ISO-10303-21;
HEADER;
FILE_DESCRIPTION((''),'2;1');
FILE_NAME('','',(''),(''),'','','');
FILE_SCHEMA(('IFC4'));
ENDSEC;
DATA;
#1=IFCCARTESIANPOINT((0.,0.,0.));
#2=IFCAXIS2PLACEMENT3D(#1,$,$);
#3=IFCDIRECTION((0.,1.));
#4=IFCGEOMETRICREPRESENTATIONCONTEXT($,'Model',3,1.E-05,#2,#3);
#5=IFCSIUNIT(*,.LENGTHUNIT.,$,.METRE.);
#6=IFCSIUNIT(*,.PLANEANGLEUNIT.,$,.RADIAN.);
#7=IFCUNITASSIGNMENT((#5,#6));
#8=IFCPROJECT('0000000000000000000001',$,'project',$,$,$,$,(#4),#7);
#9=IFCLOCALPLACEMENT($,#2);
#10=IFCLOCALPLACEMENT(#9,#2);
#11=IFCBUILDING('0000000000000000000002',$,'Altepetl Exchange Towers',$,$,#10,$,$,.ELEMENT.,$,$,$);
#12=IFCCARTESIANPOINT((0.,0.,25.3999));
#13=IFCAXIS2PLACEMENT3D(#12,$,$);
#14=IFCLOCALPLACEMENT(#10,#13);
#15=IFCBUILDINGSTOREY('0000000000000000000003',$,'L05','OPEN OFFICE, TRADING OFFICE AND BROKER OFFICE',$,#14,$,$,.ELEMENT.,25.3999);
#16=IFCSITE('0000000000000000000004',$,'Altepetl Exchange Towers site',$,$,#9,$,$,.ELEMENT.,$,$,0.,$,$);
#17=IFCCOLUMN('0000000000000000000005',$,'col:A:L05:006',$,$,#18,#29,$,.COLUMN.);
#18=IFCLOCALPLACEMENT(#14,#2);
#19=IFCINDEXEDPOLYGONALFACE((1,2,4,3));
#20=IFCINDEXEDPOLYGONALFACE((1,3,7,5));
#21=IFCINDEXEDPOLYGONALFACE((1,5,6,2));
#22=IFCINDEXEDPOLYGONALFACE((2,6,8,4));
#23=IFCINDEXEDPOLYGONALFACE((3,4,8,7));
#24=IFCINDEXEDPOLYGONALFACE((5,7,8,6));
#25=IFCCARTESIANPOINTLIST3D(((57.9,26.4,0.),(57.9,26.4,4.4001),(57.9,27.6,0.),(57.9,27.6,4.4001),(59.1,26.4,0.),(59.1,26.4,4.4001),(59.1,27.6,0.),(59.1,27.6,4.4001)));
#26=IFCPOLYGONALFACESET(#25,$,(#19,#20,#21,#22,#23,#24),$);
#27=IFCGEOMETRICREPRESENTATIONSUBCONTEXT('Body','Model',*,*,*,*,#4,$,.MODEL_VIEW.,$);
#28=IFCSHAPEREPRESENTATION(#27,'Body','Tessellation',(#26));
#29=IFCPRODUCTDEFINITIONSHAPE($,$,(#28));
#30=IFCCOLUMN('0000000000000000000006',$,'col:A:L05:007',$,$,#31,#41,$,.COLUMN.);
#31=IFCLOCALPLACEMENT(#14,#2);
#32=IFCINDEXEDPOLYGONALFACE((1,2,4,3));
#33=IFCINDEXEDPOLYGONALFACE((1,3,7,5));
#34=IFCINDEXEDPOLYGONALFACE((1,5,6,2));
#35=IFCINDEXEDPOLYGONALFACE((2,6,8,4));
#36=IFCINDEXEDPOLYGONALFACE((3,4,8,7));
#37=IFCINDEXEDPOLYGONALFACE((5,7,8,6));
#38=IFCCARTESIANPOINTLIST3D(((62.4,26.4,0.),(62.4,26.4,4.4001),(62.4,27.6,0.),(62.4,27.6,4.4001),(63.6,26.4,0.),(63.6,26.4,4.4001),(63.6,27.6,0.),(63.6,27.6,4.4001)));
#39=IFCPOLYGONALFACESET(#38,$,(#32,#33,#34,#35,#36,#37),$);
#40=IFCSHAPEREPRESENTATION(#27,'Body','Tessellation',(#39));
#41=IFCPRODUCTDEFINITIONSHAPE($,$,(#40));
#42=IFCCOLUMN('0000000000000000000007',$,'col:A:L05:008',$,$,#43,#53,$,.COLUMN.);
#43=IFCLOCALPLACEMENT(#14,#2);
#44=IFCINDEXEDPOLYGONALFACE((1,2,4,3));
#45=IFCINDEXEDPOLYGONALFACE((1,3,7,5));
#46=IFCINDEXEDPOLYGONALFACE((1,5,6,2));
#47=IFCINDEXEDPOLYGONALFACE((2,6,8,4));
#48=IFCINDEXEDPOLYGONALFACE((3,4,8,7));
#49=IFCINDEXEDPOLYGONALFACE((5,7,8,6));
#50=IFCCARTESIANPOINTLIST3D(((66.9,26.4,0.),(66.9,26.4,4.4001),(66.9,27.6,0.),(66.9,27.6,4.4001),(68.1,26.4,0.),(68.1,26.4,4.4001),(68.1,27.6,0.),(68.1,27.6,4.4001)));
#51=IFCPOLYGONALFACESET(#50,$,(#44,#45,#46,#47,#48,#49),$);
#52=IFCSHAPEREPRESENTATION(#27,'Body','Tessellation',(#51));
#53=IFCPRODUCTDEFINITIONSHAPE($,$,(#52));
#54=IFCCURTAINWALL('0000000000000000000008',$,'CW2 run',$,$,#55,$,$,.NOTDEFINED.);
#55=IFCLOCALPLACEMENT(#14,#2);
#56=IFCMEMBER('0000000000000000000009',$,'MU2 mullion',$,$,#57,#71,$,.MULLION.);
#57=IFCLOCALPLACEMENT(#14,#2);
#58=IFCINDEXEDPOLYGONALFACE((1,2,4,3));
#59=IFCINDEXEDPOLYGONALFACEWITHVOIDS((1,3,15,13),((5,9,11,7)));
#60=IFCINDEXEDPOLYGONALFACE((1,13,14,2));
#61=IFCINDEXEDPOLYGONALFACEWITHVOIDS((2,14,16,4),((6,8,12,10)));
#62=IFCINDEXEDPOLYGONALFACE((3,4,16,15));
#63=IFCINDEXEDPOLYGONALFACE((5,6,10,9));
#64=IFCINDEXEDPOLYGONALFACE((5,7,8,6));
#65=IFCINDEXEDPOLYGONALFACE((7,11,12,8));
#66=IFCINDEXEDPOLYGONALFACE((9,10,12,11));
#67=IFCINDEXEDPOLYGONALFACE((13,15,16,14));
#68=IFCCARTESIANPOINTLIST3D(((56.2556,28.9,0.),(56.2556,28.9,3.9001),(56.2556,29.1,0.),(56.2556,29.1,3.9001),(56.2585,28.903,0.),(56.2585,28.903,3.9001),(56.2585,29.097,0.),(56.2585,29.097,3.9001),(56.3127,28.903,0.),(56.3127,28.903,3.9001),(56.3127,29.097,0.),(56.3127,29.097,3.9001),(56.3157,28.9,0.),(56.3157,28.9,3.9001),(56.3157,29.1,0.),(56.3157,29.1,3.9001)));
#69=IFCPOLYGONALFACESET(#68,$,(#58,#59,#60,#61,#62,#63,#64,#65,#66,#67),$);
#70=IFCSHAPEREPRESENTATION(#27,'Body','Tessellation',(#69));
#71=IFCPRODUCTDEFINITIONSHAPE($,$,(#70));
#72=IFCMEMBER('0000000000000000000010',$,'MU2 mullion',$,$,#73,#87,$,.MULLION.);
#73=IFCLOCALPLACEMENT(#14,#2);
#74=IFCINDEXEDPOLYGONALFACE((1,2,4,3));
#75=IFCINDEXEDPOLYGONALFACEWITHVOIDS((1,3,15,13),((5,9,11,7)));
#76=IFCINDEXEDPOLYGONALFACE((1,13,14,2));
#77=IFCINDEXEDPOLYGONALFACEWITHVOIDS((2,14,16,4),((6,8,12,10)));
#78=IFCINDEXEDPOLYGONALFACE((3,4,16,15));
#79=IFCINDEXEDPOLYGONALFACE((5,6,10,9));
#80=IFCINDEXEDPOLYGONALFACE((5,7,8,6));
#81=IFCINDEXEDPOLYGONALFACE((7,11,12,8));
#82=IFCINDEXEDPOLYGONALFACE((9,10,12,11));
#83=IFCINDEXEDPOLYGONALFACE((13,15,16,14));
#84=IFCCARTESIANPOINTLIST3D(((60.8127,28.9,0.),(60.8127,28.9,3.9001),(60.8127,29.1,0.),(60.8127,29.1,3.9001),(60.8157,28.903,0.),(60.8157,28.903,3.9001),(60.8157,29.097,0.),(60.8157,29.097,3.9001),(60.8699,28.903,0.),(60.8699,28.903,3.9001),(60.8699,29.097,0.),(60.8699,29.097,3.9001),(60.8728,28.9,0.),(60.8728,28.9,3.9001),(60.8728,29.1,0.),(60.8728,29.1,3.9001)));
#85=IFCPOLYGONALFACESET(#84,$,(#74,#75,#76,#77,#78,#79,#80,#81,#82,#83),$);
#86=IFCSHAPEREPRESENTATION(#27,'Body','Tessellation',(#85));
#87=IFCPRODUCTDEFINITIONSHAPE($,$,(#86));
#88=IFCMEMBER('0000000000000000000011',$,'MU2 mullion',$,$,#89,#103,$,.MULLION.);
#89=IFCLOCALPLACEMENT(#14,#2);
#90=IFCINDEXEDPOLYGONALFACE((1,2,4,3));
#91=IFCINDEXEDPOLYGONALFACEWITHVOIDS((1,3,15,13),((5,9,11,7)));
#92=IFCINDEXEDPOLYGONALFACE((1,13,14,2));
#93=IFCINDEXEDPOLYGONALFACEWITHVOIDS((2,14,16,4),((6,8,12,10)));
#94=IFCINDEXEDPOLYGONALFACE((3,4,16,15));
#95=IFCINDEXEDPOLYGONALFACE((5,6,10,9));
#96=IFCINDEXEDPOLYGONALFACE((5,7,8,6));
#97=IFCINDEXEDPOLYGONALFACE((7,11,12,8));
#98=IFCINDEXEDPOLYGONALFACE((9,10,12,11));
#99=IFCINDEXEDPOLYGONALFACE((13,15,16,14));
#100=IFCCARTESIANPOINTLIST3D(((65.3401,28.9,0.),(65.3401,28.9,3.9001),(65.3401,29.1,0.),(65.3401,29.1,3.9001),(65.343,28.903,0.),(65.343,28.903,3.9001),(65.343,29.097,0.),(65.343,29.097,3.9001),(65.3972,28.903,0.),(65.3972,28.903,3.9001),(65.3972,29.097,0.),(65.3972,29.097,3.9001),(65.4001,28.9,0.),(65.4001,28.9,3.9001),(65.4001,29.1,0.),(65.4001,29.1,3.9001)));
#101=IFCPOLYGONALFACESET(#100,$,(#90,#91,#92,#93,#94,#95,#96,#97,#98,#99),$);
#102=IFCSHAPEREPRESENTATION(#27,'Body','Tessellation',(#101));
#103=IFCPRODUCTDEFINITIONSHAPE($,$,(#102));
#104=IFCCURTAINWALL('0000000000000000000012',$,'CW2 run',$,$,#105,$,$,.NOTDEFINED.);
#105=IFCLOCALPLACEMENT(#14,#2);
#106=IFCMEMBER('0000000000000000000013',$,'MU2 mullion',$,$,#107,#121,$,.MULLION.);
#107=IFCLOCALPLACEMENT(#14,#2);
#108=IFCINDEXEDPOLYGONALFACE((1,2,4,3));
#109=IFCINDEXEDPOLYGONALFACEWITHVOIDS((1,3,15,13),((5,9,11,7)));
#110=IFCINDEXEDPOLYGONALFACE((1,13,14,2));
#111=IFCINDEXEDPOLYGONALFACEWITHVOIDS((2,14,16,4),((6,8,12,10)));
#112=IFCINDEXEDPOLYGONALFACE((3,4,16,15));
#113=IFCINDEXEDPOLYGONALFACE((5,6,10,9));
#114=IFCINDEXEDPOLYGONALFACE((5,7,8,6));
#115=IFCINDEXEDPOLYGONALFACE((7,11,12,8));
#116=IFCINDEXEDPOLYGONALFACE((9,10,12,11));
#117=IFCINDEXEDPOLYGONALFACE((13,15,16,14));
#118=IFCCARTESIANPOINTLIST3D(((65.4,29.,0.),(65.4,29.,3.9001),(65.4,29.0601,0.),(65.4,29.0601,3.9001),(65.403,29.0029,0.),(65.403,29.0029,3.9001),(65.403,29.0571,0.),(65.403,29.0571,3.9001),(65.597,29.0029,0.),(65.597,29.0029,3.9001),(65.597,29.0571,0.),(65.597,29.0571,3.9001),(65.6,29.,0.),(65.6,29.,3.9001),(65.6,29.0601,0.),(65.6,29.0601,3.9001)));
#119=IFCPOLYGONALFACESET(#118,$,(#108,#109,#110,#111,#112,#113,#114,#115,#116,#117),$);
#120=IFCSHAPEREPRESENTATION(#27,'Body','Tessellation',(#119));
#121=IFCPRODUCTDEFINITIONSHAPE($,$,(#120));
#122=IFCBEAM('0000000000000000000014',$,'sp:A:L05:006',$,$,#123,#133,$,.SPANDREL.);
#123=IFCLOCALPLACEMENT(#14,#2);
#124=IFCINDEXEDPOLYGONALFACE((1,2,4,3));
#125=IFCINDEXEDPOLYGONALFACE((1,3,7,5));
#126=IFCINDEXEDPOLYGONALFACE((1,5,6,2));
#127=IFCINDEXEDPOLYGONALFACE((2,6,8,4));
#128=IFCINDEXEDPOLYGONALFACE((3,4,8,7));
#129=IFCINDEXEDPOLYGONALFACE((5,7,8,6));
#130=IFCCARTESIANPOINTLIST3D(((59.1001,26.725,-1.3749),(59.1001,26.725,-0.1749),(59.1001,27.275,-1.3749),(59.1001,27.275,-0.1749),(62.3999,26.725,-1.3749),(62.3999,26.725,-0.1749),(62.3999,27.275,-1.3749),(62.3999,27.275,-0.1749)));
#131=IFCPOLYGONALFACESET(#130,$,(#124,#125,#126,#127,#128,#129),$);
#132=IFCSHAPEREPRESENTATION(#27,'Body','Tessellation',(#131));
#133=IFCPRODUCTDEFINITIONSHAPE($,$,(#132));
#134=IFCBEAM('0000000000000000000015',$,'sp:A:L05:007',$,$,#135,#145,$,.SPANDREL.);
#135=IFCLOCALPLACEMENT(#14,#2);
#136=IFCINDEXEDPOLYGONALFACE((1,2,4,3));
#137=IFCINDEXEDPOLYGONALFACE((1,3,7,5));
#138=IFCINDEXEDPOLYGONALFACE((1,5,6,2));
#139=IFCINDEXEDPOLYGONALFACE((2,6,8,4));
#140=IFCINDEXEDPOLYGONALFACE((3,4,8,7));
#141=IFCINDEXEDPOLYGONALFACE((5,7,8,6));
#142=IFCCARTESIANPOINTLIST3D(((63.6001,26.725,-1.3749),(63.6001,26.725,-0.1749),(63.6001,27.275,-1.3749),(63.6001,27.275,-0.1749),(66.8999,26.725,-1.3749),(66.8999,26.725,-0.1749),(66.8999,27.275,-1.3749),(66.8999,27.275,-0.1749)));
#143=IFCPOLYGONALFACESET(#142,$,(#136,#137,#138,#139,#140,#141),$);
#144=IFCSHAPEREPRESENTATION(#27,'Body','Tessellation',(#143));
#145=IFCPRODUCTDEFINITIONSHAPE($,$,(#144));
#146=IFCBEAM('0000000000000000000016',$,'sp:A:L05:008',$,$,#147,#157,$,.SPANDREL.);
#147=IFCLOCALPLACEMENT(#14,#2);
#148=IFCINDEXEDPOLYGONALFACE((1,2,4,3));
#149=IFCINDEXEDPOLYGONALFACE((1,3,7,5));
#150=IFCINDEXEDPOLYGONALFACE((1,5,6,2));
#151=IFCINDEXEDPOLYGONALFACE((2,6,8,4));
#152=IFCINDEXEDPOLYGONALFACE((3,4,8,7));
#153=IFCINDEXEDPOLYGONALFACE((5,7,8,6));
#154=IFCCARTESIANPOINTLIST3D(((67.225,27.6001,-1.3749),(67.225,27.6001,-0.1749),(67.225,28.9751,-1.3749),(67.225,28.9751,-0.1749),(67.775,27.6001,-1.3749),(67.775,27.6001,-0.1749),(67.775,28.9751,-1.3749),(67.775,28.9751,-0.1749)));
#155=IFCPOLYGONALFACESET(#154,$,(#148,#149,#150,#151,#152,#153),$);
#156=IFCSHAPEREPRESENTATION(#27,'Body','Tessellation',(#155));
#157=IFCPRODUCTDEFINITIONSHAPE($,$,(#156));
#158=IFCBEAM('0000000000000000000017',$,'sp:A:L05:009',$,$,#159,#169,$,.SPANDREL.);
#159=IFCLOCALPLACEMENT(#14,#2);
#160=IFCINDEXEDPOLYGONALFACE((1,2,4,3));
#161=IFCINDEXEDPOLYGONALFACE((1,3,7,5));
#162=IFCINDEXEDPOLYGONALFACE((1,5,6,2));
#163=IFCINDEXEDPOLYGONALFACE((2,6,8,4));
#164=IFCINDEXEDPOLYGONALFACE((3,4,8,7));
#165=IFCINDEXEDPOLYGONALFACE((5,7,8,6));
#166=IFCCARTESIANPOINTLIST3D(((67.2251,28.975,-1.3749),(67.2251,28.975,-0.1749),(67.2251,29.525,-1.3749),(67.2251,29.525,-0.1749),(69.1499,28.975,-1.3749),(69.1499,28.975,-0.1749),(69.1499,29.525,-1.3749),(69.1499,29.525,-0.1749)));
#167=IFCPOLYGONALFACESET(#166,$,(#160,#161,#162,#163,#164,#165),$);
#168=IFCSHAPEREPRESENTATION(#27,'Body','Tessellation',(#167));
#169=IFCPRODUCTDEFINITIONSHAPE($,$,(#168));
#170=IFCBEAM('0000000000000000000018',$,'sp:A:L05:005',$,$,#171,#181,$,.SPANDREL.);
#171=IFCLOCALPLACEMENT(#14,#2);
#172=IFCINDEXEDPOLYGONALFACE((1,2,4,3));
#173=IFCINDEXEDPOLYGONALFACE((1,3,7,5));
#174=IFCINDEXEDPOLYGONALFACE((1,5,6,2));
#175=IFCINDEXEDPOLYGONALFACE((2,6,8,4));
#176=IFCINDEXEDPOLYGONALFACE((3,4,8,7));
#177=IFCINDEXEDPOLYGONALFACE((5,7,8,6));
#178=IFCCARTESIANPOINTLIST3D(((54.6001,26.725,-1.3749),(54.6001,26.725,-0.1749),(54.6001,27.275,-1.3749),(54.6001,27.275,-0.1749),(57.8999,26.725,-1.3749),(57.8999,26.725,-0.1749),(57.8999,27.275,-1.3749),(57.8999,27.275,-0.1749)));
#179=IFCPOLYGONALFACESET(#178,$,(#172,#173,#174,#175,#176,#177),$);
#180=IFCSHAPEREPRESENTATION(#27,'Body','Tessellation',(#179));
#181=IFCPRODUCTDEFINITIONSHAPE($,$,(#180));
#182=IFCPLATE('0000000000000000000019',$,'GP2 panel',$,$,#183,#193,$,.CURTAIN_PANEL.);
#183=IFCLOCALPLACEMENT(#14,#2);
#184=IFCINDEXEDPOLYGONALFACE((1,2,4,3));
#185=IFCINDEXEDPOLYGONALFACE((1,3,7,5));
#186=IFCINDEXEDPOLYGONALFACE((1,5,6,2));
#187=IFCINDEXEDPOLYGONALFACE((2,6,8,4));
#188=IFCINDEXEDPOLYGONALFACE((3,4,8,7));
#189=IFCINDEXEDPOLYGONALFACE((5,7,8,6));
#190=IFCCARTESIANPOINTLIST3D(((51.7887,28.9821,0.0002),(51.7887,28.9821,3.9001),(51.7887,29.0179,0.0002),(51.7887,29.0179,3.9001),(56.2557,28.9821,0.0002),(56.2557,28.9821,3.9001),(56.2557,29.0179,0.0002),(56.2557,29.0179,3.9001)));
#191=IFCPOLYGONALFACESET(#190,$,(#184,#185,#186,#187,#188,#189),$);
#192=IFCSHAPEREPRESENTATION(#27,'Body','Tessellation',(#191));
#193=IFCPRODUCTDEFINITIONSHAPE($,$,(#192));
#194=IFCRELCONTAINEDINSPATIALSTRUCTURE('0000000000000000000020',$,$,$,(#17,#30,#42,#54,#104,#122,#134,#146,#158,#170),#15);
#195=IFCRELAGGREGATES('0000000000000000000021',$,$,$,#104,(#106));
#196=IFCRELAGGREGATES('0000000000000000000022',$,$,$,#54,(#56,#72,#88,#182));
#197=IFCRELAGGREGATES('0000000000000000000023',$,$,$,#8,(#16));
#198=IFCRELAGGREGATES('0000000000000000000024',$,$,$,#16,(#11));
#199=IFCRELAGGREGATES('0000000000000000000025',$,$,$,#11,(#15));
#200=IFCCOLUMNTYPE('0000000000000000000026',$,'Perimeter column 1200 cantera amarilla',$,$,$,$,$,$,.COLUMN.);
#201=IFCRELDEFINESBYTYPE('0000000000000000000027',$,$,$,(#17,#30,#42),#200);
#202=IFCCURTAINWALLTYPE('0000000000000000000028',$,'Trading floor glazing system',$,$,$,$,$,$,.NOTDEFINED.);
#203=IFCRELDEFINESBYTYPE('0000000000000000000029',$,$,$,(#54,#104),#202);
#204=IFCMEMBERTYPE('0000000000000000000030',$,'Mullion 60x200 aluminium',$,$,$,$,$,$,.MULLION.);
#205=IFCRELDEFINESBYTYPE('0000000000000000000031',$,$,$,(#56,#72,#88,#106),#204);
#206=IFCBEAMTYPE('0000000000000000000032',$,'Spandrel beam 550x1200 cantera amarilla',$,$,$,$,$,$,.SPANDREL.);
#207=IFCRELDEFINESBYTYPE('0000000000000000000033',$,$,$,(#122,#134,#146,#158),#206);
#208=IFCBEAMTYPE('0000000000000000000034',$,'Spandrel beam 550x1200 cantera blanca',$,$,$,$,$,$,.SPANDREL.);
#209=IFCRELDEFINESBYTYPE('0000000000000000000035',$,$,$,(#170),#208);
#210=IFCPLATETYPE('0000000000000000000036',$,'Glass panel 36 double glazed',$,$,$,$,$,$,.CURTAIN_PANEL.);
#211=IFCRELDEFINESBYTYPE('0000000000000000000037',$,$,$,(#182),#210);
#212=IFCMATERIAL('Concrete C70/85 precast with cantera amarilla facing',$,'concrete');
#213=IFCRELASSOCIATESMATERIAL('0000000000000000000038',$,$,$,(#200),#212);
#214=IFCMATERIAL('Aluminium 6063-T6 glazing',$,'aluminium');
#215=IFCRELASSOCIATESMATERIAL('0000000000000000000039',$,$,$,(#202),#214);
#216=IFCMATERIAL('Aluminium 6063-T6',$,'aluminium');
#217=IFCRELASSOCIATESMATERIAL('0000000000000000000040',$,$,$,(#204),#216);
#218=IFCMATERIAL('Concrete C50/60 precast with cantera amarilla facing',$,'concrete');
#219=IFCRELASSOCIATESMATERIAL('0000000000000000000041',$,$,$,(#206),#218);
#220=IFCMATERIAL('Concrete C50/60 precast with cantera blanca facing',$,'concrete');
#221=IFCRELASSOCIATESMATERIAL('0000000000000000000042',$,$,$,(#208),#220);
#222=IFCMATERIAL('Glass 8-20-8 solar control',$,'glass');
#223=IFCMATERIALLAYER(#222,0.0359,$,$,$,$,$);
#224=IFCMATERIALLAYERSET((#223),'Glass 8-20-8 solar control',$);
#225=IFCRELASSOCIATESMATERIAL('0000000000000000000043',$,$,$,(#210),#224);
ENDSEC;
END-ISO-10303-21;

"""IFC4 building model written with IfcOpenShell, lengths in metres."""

from ifc_helpers import new_model, si_unit, direction, frame, origin, origin_2d, place, context, subcontext, project, spatial, rectangle, hollow_rectangle, extrude, material, layer, layer_set, material_profile, profile_set, type_object, element, aggregate, save


model = new_model("IFC4")

# Units and contexts
model_context = context("Model", 3, precision=1e-05, world=origin(), true_north=direction((0.0, 1.0)))
body_context = subcontext(model_context, "Body", "Model", "MODEL_VIEW")
ifc_project = project(units=[si_unit("LENGTHUNIT", "METRE"), si_unit("PLANEANGLEUNIT", "RADIAN")], contexts=[model_context])

# Site, building, storey
site_placement = place(None, origin())
site = spatial("IfcSite", under=ifc_project, at=site_placement, Name="Altepetl Exchange Towers site", CompositionType="ELEMENT", RefElevation=0.0)
building_placement = place(site_placement, origin())
building = spatial("IfcBuilding", under=site, at=building_placement, Name="Altepetl Exchange Towers", CompositionType="ELEMENT")
storey_placement = place(building_placement, frame((0.0, 0.0, 25.3999)))
storey = spatial("IfcBuildingStorey", under=building, at=storey_placement, Name="L05", Description="OPEN OFFICE, TRADING OFFICE AND BROKER OFFICE", CompositionType="ELEMENT", Elevation=25.3999)

# Columns
ifc_material_1 = material(Name="Concrete C70/85 precast with cantera amarilla facing", Category="concrete")
ifc_material_profile_1 = material_profile(ifc_material_1, rectangle(XDim=1.2, YDim=1.2, at=origin_2d()), Name="1200 x 1200")
ifc_profile_set_1 = profile_set([ifc_material_profile_1], Name="Concrete C70/85 precast with cantera amarilla facing")
column_type = type_object("IfcColumnType", Name="Perimeter column 1200 cantera amarilla", PredefinedType="COLUMN", material=ifc_profile_set_1)
for number, where, name in (
    (1, (58.5, 27.0, 0.0), "col:A:L05:006"),
    (2, (63.0, 27.0, 0.0), "col:A:L05:007"),
    (3, (67.5, 27.0, 0.0), "col:A:L05:008"),
):
    element("IfcColumn", number, at=place(storey_placement, frame(where)), inside=storey, type_object=column_type, Name=name, PredefinedType="COLUMN", context=body_context, shape_type="SweptSolid", body=[
        extrude(rectangle(XDim=1.2, YDim=1.2, at=origin_2d()), origin(), (0.0, 0.0, 1.0), 4.4001),
    ])

# Curtain wall, members
ifc_material_2 = material(Name="Aluminium 6063-T6 glazing", Category="aluminium")
curtain_wall_type = type_object("IfcCurtainWallType", Name="Trading floor glazing system", PredefinedType="NOTDEFINED", material=ifc_material_2)
curtain_wall_1_placement = place(storey_placement, origin())
curtain_wall_1 = element("IfcCurtainWall", 4, at=curtain_wall_1_placement, inside=storey, type_object=curtain_wall_type, Name="CW2 run", PredefinedType="NOTDEFINED")
ifc_material_3 = material(Name="Aluminium 6063-T6", Category="aluminium")
ifc_material_profile_2 = material_profile(ifc_material_3, hollow_rectangle(XDim=0.0601, YDim=0.2, WallThickness=0.0029, at=origin_2d()), Name="Mullion 60x200 aluminium")
ifc_profile_set_2 = profile_set([ifc_material_profile_2], Name="Aluminium 6063-T6")
member_type = type_object("IfcMemberType", Name="Mullion 60x200 aluminium", PredefinedType="MULLION", material=ifc_profile_set_2)
member_1_placement = place(storey_placement, frame((56.2856, 29.0, 0.0)))
member_1 = element("IfcMember", 5, at=member_1_placement, type_object=member_type, Name="MU2 mullion", PredefinedType="MULLION", context=body_context, shape_type="SweptSolid", body=[
    extrude(hollow_rectangle(XDim=0.0601, YDim=0.2, WallThickness=0.0029, at=origin_2d()), origin(), (0.0, 0.0, 1.0), 3.9001),
])
member_2_placement = place(storey_placement, frame((60.8428, 29.0, 0.0)))
member_2 = element("IfcMember", 6, at=member_2_placement, type_object=member_type, Name="MU2 mullion", PredefinedType="MULLION", context=body_context, shape_type="SweptSolid", body=[
    extrude(hollow_rectangle(XDim=0.0601, YDim=0.2, WallThickness=0.0029, at=origin_2d()), origin(), (0.0, 0.0, 1.0), 3.9001),
])
member_3_placement = place(storey_placement, frame((65.3701, 29.0, 0.0)))
member_3 = element("IfcMember", 7, at=member_3_placement, type_object=member_type, Name="MU2 mullion", PredefinedType="MULLION", context=body_context, shape_type="SweptSolid", body=[
    extrude(hollow_rectangle(XDim=0.0601, YDim=0.2, WallThickness=0.0029, at=origin_2d()), origin(), (0.0, 0.0, 1.0), 3.9001),
])

# Curtain wall, member
curtain_wall_2_placement = place(storey_placement, origin())
curtain_wall_2 = element("IfcCurtainWall", 8, at=curtain_wall_2_placement, inside=storey, type_object=curtain_wall_type, Name="CW2 run", PredefinedType="NOTDEFINED")
member_4_placement = place(storey_placement, frame((65.5, 29.03, 0.0), z_axis=(0.0, 0.0, 1.0), x_axis=(0.0, 1.0, 0.0)))
member_4 = element("IfcMember", 9, at=member_4_placement, type_object=member_type, Name="MU2 mullion", PredefinedType="MULLION", context=body_context, shape_type="SweptSolid", body=[
    extrude(hollow_rectangle(XDim=0.0601, YDim=0.2, WallThickness=0.0029, at=origin_2d()), origin(), (0.0, 0.0, 1.0), 3.9001),
])
aggregate(curtain_wall_2, [member_4])

# Beams
ifc_material_4 = material(Name="Concrete C50/60 precast with cantera amarilla facing", Category="concrete")
ifc_material_profile_3 = material_profile(ifc_material_4, rectangle(XDim=0.55, YDim=1.2, at=origin_2d()), Name="550 x 1200")
ifc_profile_set_3 = profile_set([ifc_material_profile_3], Name="Concrete C50/60 precast with cantera amarilla facing")
beam_type_1 = type_object("IfcBeamType", Name="Spandrel beam 550x1200 cantera amarilla", PredefinedType="SPANDREL", material=ifc_profile_set_3)
for number, where, z_axis, x_axis, name in (
    (10, (59.1001, 27.0, -0.7749), (1.0, 0.0, 0.0), (0.0, 1.0, 0.0), "sp:A:L05:006"),
    (11, (63.6001, 27.0, -0.7749), (1.0, 0.0, 0.0), (0.0, 1.0, 0.0), "sp:A:L05:007"),
):
    element("IfcBeam", number, at=place(storey_placement, frame(where, z_axis=z_axis, x_axis=x_axis)), inside=storey, type_object=beam_type_1, Name=name, PredefinedType="SPANDREL", context=body_context, shape_type="SweptSolid", body=[
        extrude(rectangle(XDim=0.55, YDim=1.2, at=origin_2d()), origin(), (0.0, 0.0, 1.0), 3.2998),
    ])
beam_1_placement = place(storey_placement, frame((67.5, 27.6001, -0.7749), z_axis=(0.0, 1.0, 0.0), x_axis=(-1.0, 0.0, 0.0)))
element("IfcBeam", 12, at=beam_1_placement, inside=storey, type_object=beam_type_1, Name="sp:A:L05:008", PredefinedType="SPANDREL", context=body_context, shape_type="SweptSolid", body=[
    extrude(rectangle(XDim=0.55, YDim=1.2, at=origin_2d()), origin(), (0.0, 0.0, 1.0), 1.375),
])
beam_2_placement = place(storey_placement, frame((67.2251, 29.25, -0.7749), z_axis=(1.0, 0.0, 0.0), x_axis=(0.0, 1.0, 0.0)))
element("IfcBeam", 13, at=beam_2_placement, inside=storey, type_object=beam_type_1, Name="sp:A:L05:009", PredefinedType="SPANDREL", context=body_context, shape_type="SweptSolid", body=[
    extrude(rectangle(XDim=0.55, YDim=1.2, at=origin_2d()), origin(), (0.0, 0.0, 1.0), 1.9248),
])
ifc_material_5 = material(Name="Concrete C50/60 precast with cantera blanca facing", Category="concrete")
ifc_material_profile_4 = material_profile(ifc_material_5, rectangle(XDim=0.55, YDim=1.2, at=origin_2d()), Name="550 x 1200")
ifc_profile_set_4 = profile_set([ifc_material_profile_4], Name="Concrete C50/60 precast with cantera blanca facing")
beam_type_2 = type_object("IfcBeamType", Name="Spandrel beam 550x1200 cantera blanca", PredefinedType="SPANDREL", material=ifc_profile_set_4)
beam_3_placement = place(storey_placement, frame((54.6001, 27.0, -0.7749), z_axis=(1.0, 0.0, 0.0), x_axis=(0.0, 1.0, 0.0)))
element("IfcBeam", 14, at=beam_3_placement, inside=storey, type_object=beam_type_2, Name="sp:A:L05:005", PredefinedType="SPANDREL", context=body_context, shape_type="SweptSolid", body=[
    extrude(rectangle(XDim=0.55, YDim=1.2, at=origin_2d()), origin(), (0.0, 0.0, 1.0), 3.2998),
])

# Plate
ifc_material_6 = material(Name="Glass 8-20-8 solar control", Category="glass")
ifc_layer_1 = layer(ifc_material_6, 0.0359)
ifc_layer_set_1 = layer_set([ifc_layer_1], Name="Glass 8-20-8 solar control")
plate_type = type_object("IfcPlateType", Name="Glass panel 36 double glazed", PredefinedType="CURTAIN_PANEL", material=ifc_layer_set_1)
plate_1_placement = place(storey_placement, frame((54.0222, 29.0, 0.0002)))
plate_1 = element("IfcPlate", 15, at=plate_1_placement, type_object=plate_type, Name="GP2 panel", PredefinedType="CURTAIN_PANEL", context=body_context, shape_type="SweptSolid", body=[
    extrude(rectangle(XDim=4.467, YDim=0.0359, at=origin_2d()), origin(), (0.0, 0.0, 1.0), 3.8999),
])
aggregate(curtain_wall_1, [member_1, member_2, member_3, plate_1])

save(model, "model.ifc")
